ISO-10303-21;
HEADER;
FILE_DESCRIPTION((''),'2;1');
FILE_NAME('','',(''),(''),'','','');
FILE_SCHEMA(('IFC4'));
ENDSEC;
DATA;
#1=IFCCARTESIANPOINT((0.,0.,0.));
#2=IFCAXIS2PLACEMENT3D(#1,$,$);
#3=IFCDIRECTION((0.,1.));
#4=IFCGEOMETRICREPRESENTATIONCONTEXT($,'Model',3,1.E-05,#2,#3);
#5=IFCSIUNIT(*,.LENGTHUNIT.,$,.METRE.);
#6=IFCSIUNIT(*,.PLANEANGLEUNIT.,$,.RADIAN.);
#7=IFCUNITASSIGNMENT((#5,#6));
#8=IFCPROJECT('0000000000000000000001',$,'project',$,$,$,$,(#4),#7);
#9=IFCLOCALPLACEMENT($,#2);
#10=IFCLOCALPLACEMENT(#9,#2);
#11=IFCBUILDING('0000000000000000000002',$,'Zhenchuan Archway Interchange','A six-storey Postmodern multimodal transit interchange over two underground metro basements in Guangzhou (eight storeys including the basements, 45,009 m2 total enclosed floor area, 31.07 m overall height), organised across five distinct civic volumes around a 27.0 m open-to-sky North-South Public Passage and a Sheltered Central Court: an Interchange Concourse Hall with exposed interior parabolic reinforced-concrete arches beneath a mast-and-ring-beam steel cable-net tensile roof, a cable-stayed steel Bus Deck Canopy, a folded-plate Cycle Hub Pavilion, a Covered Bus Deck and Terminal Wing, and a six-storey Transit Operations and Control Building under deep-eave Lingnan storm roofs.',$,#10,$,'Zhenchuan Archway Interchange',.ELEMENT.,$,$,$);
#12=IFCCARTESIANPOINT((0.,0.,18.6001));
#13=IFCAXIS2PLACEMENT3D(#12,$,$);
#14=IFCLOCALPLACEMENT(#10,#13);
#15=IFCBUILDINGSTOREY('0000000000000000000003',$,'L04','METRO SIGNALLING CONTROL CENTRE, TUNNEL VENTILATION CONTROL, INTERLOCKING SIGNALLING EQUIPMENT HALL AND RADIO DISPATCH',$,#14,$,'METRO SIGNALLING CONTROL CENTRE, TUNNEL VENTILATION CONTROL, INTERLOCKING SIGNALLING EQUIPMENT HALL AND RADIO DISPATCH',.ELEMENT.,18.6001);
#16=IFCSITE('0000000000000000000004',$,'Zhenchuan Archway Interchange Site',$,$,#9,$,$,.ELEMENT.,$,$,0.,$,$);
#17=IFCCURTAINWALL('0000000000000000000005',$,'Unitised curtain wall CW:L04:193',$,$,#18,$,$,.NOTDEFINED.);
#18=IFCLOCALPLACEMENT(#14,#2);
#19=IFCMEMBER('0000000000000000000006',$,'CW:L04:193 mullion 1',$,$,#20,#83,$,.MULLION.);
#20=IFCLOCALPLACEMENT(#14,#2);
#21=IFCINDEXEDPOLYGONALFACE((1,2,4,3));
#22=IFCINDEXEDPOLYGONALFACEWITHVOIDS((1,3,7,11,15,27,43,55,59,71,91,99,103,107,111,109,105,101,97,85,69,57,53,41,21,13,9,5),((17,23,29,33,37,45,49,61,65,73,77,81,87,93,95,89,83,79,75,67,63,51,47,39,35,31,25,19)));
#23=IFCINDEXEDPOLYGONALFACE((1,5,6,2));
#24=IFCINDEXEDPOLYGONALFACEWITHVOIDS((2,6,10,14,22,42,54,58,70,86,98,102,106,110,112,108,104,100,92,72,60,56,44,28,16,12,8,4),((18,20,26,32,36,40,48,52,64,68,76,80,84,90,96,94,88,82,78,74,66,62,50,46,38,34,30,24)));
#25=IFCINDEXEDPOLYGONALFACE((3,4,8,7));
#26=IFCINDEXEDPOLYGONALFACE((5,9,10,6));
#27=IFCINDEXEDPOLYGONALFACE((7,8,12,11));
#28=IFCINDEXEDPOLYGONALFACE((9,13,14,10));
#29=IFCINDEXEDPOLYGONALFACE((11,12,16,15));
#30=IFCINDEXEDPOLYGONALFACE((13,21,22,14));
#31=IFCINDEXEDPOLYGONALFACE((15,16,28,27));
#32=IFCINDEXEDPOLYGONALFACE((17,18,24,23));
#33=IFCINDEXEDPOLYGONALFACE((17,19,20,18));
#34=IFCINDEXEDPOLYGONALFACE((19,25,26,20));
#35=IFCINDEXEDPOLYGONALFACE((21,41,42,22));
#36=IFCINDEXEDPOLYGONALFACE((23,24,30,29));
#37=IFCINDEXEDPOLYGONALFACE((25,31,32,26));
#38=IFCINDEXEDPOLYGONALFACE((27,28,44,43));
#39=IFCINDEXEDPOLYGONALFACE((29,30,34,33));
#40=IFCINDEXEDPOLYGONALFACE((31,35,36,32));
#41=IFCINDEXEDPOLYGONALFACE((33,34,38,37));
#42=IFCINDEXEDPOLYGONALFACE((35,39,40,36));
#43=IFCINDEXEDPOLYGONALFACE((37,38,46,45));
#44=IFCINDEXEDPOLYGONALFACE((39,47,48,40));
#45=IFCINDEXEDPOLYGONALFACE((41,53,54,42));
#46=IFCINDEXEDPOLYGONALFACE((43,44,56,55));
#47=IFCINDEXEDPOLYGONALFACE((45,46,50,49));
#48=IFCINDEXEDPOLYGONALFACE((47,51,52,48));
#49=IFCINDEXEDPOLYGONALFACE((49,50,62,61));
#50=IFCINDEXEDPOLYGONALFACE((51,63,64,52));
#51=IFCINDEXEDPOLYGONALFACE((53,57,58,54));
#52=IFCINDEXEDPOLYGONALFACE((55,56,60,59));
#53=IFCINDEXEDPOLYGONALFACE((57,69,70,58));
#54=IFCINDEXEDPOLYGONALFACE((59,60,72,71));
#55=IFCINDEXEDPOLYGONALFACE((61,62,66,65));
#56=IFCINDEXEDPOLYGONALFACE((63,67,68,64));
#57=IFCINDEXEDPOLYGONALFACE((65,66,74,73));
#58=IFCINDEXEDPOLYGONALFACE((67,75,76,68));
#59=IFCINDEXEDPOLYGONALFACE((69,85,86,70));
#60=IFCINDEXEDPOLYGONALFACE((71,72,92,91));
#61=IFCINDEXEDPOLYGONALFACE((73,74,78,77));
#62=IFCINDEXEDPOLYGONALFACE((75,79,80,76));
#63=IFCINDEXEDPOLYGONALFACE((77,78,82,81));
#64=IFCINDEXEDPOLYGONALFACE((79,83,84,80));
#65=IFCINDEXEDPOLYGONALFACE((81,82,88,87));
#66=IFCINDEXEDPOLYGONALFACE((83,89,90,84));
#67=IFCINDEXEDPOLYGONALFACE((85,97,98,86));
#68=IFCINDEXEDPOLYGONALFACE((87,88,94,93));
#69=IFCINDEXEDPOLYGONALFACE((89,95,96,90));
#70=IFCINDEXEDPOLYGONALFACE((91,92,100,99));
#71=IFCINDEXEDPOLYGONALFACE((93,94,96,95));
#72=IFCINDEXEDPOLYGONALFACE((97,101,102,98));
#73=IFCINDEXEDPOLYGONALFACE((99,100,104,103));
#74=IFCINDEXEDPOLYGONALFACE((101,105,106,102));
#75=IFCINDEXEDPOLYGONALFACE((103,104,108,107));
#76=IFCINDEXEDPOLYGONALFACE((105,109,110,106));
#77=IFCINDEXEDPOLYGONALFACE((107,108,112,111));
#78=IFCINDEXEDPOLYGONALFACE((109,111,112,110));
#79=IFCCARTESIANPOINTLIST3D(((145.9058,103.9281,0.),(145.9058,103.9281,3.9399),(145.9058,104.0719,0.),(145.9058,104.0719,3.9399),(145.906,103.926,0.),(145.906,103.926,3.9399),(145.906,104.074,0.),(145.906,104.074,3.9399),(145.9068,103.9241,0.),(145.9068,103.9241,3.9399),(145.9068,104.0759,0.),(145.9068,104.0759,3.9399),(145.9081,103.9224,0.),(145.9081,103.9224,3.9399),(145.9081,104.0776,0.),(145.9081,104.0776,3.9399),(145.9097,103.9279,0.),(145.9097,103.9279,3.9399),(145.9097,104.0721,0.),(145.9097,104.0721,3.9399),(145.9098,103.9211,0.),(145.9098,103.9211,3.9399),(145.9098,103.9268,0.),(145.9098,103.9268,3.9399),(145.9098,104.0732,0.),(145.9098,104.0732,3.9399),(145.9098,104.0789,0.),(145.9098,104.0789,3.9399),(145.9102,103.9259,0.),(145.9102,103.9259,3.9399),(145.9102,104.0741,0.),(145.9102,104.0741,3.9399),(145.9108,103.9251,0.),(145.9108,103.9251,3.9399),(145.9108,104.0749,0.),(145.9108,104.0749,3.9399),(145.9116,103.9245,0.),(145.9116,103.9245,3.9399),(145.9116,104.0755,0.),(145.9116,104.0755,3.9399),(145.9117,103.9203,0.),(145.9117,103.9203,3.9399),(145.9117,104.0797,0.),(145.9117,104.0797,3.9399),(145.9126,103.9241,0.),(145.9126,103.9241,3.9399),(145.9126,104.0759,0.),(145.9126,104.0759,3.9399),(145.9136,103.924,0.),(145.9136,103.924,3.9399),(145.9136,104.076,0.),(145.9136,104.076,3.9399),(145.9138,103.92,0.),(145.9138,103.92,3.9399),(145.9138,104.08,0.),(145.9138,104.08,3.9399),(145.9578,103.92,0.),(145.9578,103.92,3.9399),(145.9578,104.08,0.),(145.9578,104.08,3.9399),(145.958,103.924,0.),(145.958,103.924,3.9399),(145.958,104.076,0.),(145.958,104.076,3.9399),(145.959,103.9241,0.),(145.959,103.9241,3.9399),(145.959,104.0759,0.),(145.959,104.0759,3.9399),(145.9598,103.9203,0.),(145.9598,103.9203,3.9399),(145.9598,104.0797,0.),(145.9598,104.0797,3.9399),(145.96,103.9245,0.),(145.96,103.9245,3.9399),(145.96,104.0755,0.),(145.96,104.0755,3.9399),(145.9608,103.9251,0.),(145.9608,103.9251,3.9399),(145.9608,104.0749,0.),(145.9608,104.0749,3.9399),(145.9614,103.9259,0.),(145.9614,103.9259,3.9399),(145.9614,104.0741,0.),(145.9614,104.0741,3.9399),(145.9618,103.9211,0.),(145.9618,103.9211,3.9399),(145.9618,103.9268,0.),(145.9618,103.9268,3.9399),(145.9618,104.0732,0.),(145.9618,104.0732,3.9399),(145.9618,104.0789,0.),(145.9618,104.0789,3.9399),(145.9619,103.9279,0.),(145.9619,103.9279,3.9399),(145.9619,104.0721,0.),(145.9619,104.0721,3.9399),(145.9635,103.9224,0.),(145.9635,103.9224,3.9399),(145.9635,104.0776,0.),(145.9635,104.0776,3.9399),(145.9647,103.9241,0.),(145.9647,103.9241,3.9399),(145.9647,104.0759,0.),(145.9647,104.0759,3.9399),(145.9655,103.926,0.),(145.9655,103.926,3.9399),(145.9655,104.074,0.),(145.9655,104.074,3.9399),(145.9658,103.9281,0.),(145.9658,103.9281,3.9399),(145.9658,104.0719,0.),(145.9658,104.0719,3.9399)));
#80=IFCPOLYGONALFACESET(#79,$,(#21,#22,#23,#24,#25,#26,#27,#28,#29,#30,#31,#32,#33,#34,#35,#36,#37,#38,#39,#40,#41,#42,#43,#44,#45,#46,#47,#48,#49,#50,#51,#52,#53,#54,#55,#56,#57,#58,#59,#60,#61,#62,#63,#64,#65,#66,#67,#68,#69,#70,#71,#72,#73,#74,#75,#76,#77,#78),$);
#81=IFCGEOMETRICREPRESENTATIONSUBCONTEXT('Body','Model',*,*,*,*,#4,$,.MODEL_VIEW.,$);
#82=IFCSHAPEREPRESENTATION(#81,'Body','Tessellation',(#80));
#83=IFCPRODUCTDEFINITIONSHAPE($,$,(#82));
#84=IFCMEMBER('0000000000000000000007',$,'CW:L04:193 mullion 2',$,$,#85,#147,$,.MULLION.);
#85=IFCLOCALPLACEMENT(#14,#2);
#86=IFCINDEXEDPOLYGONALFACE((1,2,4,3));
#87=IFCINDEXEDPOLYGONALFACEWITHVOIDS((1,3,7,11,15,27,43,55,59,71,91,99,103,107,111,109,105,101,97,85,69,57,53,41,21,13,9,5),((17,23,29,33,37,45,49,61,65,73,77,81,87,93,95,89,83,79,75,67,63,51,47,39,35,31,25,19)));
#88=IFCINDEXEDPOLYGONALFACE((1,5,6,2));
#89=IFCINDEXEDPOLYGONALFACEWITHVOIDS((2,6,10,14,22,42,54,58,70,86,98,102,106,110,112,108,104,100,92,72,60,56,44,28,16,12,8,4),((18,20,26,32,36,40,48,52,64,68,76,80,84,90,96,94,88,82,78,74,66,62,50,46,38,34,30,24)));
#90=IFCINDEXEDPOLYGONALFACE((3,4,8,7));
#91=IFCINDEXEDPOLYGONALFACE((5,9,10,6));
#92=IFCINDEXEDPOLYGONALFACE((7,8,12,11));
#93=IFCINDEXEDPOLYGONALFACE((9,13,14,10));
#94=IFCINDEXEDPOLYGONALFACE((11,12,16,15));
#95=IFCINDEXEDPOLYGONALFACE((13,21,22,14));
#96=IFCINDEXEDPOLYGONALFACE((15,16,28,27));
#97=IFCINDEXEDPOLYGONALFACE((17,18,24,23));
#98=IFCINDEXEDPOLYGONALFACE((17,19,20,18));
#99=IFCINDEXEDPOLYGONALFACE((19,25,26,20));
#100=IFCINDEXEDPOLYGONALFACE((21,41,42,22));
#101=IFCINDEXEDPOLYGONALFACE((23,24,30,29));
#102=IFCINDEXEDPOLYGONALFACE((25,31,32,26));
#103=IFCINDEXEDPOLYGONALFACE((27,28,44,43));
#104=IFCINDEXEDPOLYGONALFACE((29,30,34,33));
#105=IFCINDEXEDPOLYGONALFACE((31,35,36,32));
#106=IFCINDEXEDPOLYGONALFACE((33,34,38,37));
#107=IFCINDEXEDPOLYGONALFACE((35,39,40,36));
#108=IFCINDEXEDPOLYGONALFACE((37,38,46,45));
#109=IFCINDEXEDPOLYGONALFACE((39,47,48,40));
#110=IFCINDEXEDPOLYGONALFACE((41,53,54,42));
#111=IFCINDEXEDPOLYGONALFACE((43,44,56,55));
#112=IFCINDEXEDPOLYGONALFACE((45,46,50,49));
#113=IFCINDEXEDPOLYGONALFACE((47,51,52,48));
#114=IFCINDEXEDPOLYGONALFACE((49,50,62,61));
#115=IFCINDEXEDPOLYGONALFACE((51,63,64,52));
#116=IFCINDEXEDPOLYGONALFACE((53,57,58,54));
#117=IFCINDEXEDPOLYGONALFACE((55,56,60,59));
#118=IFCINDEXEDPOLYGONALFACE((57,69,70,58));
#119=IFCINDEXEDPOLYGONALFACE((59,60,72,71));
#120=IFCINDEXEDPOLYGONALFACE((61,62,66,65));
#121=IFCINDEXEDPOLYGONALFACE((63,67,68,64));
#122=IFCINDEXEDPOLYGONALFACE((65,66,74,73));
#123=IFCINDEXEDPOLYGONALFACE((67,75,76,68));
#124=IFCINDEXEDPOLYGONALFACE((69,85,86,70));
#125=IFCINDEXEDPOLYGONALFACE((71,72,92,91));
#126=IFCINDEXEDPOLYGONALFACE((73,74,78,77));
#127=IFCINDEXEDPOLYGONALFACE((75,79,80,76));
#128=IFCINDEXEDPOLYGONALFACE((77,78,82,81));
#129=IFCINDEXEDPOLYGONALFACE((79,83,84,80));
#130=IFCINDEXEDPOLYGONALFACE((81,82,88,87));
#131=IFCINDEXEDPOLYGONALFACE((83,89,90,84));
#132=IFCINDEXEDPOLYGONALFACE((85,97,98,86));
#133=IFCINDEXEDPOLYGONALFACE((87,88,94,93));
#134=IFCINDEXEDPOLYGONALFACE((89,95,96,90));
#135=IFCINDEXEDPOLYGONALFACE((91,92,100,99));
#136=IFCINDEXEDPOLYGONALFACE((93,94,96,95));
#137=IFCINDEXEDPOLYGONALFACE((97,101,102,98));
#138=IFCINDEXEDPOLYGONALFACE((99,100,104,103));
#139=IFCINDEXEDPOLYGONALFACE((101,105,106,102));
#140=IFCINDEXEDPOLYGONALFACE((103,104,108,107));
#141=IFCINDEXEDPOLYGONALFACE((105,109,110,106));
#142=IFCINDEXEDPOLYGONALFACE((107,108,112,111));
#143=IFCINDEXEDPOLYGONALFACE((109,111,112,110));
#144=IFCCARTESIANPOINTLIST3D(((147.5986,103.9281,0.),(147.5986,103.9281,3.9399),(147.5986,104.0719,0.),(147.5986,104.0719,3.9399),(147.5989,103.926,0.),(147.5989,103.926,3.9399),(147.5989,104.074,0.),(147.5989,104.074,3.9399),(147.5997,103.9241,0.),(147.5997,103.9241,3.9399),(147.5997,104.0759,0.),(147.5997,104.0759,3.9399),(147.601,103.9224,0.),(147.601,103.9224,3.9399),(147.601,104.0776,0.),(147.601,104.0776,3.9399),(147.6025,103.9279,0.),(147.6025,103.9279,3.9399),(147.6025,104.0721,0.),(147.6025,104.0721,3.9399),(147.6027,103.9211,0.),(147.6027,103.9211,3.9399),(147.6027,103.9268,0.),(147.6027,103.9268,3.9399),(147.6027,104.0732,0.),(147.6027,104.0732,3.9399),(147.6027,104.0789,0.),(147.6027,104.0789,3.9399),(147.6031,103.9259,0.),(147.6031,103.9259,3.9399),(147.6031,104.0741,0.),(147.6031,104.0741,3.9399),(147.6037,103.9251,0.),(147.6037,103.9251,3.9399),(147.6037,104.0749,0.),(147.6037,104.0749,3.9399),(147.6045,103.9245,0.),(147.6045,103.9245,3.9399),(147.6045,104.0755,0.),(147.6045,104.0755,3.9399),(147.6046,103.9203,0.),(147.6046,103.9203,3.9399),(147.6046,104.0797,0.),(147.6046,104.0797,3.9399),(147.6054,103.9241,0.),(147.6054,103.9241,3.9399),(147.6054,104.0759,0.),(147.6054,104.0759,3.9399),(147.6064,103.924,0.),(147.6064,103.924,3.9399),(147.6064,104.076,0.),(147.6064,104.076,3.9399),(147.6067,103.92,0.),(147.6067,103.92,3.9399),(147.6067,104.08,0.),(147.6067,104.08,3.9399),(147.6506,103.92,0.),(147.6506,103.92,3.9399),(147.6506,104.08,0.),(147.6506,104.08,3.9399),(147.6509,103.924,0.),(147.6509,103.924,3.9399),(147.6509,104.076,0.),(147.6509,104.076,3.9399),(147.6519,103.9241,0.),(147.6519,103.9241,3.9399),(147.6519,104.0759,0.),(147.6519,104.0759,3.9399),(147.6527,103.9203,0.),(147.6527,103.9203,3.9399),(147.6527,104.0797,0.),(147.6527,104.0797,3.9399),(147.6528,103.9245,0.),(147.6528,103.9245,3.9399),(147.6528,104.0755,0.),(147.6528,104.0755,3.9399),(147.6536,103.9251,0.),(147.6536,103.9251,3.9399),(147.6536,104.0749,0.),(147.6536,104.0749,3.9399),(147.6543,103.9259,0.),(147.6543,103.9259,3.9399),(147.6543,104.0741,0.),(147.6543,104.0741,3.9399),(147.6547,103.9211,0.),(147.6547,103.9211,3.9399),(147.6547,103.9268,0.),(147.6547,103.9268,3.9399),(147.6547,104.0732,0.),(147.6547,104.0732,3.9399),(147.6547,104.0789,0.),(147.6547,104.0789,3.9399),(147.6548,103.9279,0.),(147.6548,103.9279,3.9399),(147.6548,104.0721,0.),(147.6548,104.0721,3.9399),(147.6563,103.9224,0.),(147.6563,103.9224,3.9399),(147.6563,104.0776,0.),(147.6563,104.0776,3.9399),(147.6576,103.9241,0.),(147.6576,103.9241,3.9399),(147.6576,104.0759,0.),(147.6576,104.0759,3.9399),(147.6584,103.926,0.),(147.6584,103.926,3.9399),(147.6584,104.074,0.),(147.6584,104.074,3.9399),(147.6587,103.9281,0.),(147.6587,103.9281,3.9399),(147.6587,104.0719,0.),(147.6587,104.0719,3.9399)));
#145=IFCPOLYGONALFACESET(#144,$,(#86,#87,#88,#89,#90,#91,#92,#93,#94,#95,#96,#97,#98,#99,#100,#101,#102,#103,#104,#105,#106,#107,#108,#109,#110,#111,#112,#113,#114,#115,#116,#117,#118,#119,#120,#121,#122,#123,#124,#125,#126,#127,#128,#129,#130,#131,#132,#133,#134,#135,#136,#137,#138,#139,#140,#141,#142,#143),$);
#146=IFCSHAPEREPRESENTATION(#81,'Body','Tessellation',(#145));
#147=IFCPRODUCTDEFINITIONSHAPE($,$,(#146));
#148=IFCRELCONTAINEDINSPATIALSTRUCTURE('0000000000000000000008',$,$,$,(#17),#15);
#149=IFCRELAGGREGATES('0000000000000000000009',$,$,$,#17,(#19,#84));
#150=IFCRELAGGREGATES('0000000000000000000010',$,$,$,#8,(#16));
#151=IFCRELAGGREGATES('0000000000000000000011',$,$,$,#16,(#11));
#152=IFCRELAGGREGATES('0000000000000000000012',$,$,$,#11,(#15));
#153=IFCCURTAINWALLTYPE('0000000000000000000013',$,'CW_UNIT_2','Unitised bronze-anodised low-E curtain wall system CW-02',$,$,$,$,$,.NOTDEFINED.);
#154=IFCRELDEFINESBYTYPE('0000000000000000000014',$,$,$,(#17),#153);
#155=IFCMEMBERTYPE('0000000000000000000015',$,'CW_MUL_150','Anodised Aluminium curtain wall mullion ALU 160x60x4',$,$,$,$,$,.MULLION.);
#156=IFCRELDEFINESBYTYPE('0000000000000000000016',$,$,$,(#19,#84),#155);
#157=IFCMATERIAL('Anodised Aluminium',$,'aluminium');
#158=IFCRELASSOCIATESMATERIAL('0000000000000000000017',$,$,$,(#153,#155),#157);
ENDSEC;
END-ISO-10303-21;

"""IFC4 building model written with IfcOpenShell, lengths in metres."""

from ifc_helpers import new_model, si_unit, direction, frame, origin, origin_2d, place, context, subcontext, project, spatial, hollow_rectangle, extrude, material, material_profile, profile_set, type_object, element, aggregate, save


model = new_model("IFC4")

# Units and contexts
model_context = context("Model", 3, precision=1e-05, world=origin(), true_north=direction((0.0, 1.0)))
body_context = subcontext(model_context, "Body", "Model", "MODEL_VIEW")
ifc_project = project(units=[si_unit("LENGTHUNIT", "METRE"), si_unit("PLANEANGLEUNIT", "RADIAN")], contexts=[model_context])

# Site, building, storey
site_placement = place(None, origin())
site = spatial("IfcSite", under=ifc_project, at=site_placement, Name="Zhenchuan Archway Interchange Site", CompositionType="ELEMENT", RefElevation=0.0)
building_placement = place(site_placement, origin())
building = spatial("IfcBuilding", under=site, at=building_placement, Name="Zhenchuan Archway Interchange", Description="A six-storey Postmodern multimodal transit interchange over two underground metro basements in Guangzhou (eight storeys including the basements, 45,009 m2 total enclosed floor area, 31.07 m overall height), organised across five distinct civic volumes around a 27.0 m open-to-sky North-South Public Passage and a Sheltered Central Court: an Interchange Concourse Hall with exposed interior parabolic reinforced-concrete arches beneath a mast-and-ring-beam steel cable-net tensile roof, a cable-stayed steel Bus Deck Canopy, a folded-plate Cycle Hub Pavilion, a Covered Bus Deck and Terminal Wing, and a six-storey Transit Operations and Control Building under deep-eave Lingnan storm roofs.", LongName="Zhenchuan Archway Interchange", CompositionType="ELEMENT")
storey_placement = place(building_placement, frame((0.0, 0.0, 18.6001)))
storey = spatial("IfcBuildingStorey", under=building, at=storey_placement, Name="L04", Description="METRO SIGNALLING CONTROL CENTRE, TUNNEL VENTILATION CONTROL, INTERLOCKING SIGNALLING EQUIPMENT HALL AND RADIO DISPATCH", LongName="METRO SIGNALLING CONTROL CENTRE, TUNNEL VENTILATION CONTROL, INTERLOCKING SIGNALLING EQUIPMENT HALL AND RADIO DISPATCH", CompositionType="ELEMENT", Elevation=18.6001)

# Curtain wall, members
ifc_material_1 = material(Name="Anodised Aluminium", Category="aluminium")
curtain_wall_type = type_object("IfcCurtainWallType", Name="CW_UNIT_2", Description="Unitised bronze-anodised low-E curtain wall system CW-02", PredefinedType="NOTDEFINED", material=ifc_material_1)
curtain_wall_placement = place(storey_placement, origin())
curtain_wall = element("IfcCurtainWall", 1, at=curtain_wall_placement, inside=storey, type_object=curtain_wall_type, Name="Unitised curtain wall CW:L04:193", PredefinedType="NOTDEFINED")
ifc_material_profile_1 = material_profile(ifc_material_1, hollow_rectangle(XDim=0.0601, YDim=0.1599, WallThickness=0.0039, InnerFilletRadius=0.0039, OuterFilletRadius=0.0081, at=origin_2d()), Name="ALU 160x60x4")
ifc_profile_set_1 = profile_set([ifc_material_profile_1], Name="Anodised Aluminium")
member_type_1 = type_object("IfcMemberType", Name="CW_MUL_150", Description="Anodised Aluminium curtain wall mullion ALU 160x60x4", PredefinedType="MULLION", material=ifc_profile_set_1)
member_1_placement = place(storey_placement, frame((145.9358, 104.0, 0.0), z_axis=(0.0, 0.0, 1.0), x_axis=(1.0, 0.0, 0.0)))
member_1 = element("IfcMember", 2, at=member_1_placement, type_object=member_type_1, Name="CW:L04:193 mullion 1", PredefinedType="MULLION", context=body_context, shape_type="SweptSolid", body=[
    extrude(hollow_rectangle(XDim=0.0601, YDim=0.1599, WallThickness=0.0039, InnerFilletRadius=0.0039, OuterFilletRadius=0.0081, at=origin_2d()), origin(), (0.0, 0.0, 1.0), 3.9399),
])
member_2_placement = place(storey_placement, frame((147.6287, 104.0, 0.0), z_axis=(0.0, 0.0, 1.0), x_axis=(1.0, 0.0, 0.0)))
member_2 = element("IfcMember", 3, at=member_2_placement, type_object=member_type_1, Name="CW:L04:193 mullion 2", PredefinedType="MULLION", context=body_context, shape_type="SweptSolid", body=[
    extrude(hollow_rectangle(XDim=0.0601, YDim=0.1599, WallThickness=0.0039, InnerFilletRadius=0.0039, OuterFilletRadius=0.0081, at=origin_2d()), origin(), (0.0, 0.0, 1.0), 3.9399),
])
aggregate(curtain_wall, [member_1, member_2])

save(model, "model.ifc")
